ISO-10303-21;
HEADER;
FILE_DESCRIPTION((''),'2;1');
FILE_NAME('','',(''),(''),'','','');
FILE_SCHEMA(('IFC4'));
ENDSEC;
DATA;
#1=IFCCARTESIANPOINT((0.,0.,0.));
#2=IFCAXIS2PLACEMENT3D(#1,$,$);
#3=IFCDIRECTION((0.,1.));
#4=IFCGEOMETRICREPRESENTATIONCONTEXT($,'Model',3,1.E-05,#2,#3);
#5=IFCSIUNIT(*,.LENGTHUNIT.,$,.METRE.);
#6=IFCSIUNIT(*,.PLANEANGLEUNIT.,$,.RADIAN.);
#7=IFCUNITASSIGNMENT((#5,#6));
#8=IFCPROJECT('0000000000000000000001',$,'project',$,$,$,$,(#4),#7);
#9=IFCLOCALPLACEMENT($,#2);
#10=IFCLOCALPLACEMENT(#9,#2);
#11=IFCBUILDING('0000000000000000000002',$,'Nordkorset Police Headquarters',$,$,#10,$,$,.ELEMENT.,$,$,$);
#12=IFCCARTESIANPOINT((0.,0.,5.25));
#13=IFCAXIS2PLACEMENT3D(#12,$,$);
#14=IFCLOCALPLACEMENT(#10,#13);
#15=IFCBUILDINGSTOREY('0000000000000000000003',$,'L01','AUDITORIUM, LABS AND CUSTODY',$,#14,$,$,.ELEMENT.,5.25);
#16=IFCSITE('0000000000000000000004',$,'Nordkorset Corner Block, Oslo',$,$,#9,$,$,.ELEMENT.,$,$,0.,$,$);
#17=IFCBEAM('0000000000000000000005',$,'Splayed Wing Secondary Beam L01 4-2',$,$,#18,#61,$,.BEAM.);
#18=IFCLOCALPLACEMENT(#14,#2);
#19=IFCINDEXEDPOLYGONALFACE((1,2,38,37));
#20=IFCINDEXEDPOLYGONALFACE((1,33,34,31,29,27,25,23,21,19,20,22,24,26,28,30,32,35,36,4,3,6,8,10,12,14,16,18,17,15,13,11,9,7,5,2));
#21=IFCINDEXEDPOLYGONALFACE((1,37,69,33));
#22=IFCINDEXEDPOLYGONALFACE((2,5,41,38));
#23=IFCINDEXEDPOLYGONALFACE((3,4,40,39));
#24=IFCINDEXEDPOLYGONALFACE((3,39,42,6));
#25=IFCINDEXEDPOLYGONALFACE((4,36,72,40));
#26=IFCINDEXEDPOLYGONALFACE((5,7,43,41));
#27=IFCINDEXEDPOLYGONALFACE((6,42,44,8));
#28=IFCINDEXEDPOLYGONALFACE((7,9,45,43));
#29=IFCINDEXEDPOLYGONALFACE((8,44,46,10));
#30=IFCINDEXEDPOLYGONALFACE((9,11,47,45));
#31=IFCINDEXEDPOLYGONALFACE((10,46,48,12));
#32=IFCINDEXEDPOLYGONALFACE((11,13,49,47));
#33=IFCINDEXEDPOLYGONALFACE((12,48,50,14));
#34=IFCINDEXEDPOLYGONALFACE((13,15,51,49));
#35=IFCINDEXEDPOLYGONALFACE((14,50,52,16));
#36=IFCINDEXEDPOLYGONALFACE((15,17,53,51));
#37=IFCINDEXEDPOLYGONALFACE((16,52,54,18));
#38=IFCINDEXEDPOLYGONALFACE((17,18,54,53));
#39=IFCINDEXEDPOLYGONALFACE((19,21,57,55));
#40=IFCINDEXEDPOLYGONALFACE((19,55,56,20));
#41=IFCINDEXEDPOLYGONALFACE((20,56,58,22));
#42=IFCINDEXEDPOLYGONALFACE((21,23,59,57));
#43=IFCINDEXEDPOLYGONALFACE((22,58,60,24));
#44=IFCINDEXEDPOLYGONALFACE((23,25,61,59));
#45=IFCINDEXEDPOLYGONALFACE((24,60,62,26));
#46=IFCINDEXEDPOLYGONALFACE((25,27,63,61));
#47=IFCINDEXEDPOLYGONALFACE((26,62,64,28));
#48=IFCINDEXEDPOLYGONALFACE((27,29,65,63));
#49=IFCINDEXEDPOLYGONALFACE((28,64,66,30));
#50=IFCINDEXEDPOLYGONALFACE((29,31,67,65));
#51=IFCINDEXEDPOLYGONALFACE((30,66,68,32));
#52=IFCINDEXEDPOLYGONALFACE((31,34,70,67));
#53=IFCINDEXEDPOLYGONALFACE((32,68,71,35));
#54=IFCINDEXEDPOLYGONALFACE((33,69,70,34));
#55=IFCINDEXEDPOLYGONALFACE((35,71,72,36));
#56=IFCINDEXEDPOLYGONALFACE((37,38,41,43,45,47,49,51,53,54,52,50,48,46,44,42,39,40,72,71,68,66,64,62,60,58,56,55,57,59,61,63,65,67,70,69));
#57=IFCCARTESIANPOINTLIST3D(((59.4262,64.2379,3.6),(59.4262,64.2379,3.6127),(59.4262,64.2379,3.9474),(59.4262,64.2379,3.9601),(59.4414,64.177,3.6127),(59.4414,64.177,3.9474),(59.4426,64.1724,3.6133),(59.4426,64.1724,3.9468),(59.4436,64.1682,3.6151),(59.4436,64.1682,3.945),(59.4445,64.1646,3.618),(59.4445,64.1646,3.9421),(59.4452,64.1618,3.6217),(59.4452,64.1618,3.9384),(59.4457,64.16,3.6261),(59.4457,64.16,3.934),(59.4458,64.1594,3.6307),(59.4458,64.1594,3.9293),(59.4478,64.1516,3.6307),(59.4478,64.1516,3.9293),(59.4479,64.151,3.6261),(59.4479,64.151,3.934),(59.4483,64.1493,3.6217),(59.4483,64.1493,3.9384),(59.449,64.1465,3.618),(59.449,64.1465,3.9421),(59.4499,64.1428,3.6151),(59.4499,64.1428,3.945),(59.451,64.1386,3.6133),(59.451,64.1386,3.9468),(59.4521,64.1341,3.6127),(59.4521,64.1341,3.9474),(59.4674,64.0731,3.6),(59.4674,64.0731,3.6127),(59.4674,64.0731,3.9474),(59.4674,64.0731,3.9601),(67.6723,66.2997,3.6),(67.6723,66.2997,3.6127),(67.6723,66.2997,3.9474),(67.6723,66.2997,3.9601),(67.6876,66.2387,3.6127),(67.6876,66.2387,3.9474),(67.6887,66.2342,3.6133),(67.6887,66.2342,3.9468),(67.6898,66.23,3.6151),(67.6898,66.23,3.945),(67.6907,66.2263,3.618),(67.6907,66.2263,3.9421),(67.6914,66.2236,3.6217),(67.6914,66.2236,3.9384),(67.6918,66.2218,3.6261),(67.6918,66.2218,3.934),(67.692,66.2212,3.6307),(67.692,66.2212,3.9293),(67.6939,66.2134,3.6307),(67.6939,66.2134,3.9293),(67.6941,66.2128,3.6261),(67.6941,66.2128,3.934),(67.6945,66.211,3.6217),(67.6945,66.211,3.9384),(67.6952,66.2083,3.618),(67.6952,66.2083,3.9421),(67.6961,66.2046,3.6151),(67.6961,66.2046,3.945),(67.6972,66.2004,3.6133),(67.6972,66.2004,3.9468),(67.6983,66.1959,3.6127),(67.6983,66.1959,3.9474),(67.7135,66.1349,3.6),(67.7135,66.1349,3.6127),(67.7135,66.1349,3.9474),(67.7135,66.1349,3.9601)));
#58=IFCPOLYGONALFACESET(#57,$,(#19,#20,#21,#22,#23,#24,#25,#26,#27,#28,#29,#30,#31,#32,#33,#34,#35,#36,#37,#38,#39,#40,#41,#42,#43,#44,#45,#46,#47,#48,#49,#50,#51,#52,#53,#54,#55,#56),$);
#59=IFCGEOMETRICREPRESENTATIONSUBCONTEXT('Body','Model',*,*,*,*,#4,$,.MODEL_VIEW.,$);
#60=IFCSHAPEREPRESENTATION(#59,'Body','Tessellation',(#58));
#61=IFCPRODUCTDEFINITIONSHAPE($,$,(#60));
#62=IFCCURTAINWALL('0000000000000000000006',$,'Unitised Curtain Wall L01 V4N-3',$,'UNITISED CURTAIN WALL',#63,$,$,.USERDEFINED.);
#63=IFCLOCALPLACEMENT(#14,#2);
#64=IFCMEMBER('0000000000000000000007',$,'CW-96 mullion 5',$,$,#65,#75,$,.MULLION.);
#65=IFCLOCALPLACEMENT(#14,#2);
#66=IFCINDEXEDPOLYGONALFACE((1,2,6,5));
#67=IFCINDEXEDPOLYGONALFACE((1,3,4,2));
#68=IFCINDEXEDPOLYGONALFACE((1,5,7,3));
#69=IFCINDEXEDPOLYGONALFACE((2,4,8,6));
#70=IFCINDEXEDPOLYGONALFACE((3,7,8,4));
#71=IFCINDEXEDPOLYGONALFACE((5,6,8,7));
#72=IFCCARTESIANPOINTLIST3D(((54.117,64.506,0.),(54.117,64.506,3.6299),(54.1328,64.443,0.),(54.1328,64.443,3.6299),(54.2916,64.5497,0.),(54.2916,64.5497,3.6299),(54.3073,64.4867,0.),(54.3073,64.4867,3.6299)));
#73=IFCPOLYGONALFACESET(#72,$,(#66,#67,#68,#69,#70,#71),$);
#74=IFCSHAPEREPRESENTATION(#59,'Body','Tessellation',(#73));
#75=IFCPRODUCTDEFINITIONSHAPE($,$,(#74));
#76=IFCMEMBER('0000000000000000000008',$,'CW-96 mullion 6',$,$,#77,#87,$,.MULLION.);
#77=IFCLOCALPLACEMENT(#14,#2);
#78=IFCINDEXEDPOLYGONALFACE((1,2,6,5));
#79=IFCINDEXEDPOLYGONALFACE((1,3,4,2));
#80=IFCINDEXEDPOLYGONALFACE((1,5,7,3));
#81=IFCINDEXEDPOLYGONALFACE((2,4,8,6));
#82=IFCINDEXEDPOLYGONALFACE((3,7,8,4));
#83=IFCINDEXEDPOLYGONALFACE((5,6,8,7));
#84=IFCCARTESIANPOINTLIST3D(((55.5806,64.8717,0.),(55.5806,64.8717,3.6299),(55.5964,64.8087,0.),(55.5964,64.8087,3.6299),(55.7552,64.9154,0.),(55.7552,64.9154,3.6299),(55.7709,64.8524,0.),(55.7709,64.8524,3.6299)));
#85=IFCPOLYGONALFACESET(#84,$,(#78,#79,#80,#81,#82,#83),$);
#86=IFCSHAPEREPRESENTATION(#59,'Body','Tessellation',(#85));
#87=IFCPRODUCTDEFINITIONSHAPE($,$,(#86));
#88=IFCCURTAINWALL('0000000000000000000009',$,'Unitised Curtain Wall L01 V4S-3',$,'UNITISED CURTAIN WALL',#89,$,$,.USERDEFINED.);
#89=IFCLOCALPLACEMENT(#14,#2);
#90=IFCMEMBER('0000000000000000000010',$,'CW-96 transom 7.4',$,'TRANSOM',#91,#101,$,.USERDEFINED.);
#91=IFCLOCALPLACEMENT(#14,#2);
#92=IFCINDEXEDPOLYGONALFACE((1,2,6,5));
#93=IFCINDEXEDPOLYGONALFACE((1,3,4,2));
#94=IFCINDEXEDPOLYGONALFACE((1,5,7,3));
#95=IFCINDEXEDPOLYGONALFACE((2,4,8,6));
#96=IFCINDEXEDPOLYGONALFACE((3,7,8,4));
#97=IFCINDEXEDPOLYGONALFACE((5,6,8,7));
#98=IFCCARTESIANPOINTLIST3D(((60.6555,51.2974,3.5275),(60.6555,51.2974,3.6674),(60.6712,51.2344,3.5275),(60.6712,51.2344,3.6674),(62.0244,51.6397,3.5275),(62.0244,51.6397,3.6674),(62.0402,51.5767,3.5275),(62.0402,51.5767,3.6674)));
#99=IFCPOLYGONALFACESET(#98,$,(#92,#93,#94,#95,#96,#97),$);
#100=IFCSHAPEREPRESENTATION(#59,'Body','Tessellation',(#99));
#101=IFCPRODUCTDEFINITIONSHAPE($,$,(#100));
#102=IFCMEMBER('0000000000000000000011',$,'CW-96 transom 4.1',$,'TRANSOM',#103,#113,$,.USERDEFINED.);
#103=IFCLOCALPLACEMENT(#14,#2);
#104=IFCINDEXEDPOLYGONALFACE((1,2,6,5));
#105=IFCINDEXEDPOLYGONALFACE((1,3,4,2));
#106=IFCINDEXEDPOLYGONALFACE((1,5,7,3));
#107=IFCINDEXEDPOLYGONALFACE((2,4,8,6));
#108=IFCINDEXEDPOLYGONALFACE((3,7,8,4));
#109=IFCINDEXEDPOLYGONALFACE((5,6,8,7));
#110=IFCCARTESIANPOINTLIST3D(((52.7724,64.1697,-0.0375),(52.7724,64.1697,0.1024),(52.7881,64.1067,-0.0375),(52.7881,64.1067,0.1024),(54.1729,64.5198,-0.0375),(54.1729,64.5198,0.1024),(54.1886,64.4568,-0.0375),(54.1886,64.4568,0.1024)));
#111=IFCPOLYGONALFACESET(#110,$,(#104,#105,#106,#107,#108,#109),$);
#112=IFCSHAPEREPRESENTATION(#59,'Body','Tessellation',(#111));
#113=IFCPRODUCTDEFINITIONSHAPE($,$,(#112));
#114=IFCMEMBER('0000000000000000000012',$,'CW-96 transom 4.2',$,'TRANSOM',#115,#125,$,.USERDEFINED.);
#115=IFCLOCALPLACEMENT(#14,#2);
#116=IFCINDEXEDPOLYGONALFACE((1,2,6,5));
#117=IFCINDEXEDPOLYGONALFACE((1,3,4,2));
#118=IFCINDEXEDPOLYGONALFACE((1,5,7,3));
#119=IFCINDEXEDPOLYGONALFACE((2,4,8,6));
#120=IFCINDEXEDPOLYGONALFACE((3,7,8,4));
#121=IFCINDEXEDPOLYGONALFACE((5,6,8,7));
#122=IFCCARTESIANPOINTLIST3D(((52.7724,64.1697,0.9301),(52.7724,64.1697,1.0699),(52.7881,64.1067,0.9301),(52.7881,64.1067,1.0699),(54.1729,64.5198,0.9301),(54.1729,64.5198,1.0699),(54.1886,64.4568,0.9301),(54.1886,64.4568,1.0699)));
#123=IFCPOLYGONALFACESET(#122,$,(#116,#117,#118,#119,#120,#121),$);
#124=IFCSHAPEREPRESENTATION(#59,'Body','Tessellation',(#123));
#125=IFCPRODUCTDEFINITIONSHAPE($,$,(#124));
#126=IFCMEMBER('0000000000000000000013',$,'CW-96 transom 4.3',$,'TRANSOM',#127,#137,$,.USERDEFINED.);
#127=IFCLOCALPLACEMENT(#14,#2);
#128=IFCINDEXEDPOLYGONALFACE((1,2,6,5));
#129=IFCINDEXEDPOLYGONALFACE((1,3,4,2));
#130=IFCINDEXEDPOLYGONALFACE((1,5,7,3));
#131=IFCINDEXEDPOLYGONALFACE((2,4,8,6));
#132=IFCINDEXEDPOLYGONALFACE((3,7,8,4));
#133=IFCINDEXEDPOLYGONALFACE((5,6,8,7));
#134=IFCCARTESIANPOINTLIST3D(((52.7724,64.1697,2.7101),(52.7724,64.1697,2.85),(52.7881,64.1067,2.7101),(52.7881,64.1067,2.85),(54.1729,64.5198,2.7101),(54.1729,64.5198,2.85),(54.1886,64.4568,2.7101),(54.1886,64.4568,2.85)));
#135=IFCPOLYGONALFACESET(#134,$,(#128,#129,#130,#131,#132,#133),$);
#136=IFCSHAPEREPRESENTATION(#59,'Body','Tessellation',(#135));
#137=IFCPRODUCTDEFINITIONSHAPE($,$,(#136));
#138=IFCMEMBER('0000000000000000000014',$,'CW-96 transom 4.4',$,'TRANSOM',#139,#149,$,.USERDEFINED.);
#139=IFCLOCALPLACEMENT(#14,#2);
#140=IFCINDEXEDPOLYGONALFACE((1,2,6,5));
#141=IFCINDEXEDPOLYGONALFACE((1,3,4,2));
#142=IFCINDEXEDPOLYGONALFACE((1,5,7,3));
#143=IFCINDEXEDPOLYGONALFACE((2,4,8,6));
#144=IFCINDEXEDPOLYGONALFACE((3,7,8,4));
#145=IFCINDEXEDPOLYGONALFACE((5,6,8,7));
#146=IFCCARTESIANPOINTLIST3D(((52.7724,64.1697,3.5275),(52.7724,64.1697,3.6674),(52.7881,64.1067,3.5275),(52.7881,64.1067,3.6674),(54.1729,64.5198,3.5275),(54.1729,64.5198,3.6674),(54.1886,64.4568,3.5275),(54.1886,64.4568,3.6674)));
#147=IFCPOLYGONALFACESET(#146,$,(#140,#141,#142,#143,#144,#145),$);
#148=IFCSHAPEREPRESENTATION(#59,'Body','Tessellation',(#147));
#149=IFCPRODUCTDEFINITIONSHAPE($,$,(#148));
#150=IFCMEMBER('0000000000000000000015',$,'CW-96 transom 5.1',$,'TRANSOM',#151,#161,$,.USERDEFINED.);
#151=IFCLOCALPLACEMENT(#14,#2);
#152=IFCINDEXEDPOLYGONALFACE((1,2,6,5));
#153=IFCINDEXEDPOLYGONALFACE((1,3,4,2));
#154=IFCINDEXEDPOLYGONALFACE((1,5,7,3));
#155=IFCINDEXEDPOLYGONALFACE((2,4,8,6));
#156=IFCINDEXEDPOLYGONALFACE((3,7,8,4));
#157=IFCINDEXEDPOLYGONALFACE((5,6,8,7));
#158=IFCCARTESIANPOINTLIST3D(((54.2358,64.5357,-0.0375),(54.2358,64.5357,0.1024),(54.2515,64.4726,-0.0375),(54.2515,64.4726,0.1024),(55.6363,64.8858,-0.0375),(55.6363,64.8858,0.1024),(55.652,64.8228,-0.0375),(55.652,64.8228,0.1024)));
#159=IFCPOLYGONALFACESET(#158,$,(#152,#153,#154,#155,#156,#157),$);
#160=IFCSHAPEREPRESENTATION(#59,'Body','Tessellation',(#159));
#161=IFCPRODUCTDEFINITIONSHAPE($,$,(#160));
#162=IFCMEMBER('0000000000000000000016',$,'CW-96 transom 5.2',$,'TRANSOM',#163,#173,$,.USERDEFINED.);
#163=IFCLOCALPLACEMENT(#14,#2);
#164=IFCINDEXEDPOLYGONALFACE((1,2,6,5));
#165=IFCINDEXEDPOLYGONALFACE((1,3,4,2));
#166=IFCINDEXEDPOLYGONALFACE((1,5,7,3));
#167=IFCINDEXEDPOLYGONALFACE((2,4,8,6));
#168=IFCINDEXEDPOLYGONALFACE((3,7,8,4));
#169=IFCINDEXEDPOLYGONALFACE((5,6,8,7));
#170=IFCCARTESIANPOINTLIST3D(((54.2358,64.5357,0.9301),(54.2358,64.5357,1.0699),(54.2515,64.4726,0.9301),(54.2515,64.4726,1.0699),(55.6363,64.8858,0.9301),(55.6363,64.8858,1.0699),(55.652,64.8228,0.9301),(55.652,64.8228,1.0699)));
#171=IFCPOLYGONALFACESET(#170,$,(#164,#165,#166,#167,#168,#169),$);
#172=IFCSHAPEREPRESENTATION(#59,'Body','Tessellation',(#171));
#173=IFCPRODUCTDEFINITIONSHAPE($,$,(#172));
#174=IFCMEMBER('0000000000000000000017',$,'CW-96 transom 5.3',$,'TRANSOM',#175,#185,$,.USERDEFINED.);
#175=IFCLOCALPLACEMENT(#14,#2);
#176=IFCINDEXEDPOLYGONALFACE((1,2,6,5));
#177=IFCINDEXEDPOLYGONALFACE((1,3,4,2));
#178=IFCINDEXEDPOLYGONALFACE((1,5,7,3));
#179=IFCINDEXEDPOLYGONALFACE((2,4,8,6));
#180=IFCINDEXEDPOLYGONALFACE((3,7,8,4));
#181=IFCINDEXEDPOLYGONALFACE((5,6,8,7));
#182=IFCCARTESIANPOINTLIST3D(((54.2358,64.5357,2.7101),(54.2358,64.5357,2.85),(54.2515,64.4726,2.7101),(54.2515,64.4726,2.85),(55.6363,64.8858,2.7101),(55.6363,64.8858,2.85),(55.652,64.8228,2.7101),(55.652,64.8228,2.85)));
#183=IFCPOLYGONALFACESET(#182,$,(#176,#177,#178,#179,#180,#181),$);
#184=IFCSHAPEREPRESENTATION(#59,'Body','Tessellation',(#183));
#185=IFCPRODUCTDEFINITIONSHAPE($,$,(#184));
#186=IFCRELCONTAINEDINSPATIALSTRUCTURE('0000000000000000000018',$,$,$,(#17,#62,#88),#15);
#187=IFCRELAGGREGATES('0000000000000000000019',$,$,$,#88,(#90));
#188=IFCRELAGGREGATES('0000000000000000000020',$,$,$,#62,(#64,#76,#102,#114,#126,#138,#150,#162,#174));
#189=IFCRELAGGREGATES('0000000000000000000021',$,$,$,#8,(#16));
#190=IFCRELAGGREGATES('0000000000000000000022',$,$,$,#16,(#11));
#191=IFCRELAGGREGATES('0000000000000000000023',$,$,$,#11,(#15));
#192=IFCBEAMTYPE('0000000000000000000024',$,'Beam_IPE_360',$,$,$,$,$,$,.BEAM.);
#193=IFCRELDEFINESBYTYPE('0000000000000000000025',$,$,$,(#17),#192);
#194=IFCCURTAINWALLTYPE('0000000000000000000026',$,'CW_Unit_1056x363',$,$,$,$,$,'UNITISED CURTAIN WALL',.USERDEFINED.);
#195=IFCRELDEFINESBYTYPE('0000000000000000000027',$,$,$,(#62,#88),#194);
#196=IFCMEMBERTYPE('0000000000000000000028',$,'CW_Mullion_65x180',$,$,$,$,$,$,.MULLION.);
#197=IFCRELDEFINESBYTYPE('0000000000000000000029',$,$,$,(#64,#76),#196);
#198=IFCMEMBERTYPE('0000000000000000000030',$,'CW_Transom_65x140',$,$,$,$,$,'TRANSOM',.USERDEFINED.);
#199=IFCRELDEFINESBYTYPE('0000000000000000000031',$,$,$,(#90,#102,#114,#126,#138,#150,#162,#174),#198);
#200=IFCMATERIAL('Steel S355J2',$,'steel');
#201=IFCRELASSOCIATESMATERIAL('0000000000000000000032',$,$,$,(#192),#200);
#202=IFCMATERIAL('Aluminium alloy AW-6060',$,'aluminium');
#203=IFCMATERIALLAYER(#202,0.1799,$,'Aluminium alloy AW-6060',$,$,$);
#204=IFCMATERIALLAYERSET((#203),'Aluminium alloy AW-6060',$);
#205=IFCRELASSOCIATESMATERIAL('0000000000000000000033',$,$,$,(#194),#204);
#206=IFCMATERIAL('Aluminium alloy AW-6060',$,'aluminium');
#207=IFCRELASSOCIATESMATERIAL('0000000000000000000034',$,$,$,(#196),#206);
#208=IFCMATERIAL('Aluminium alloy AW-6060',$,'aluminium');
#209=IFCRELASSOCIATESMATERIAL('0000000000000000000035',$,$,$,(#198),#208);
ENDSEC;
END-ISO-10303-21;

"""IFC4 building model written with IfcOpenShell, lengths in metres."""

from ifc_helpers import new_model, si_unit, direction, frame, origin, origin_2d, place, context, subcontext, project, spatial, rectangle, i_section, extrude, material, layer, layer_set, material_profile, profile_set, type_object, element, aggregate, save


model = new_model("IFC4")

# Units and contexts
model_context = context("Model", 3, precision=1e-05, world=origin(), true_north=direction((0.0, 1.0)))
body_context = subcontext(model_context, "Body", "Model", "MODEL_VIEW")
ifc_project = project(units=[si_unit("LENGTHUNIT", "METRE"), si_unit("PLANEANGLEUNIT", "RADIAN")], contexts=[model_context])

# Site, building, storey
site_placement = place(None, origin())
site = spatial("IfcSite", under=ifc_project, at=site_placement, Name="Nordkorset Corner Block, Oslo", CompositionType="ELEMENT", RefElevation=0.0)
building_placement = place(site_placement, origin())
building = spatial("IfcBuilding", under=site, at=building_placement, Name="Nordkorset Police Headquarters", CompositionType="ELEMENT")
storey_placement = place(building_placement, frame((0.0, 0.0, 5.25)))
storey = spatial("IfcBuildingStorey", under=building, at=storey_placement, Name="L01", Description="AUDITORIUM, LABS AND CUSTODY", CompositionType="ELEMENT", Elevation=5.25)

# Beam
ifc_material_1 = material(Name="Steel S355J2", Category="steel")
ifc_material_profile_1 = material_profile(ifc_material_1, i_section(OverallWidth=0.1699, OverallDepth=0.3601, WebThickness=0.0081, FlangeThickness=0.0127, FilletRadius=0.0181, at=origin_2d()), Name="IPE 360")
ifc_profile_set_1 = profile_set([ifc_material_profile_1], Name="Steel S355J2")
beam_type = type_object("IfcBeamType", Name="Beam_IPE_360", PredefinedType="BEAM", material=ifc_profile_set_1)
beam_placement = place(storey_placement, frame((59.4468, 64.1555, 3.78), z_axis=(0.970136, 0.242563, 0.0), x_axis=(-0.242563, 0.970136, 0.0)))
element("IfcBeam", 1, at=beam_placement, inside=storey, type_object=beam_type, Name="Splayed Wing Secondary Beam L01 4-2", PredefinedType="BEAM", context=body_context, shape_type="SweptSolid", body=[
    extrude(i_section(OverallWidth=0.1699, OverallDepth=0.3601, WebThickness=0.0081, FlangeThickness=0.0127, FilletRadius=0.0181, at=origin_2d()), origin(), (0.0, 0.0, 1.0), 8.5),
])

# Curtain wall, members
ifc_material_2 = material(Name="Aluminium alloy AW-6060", Category="aluminium")
ifc_layer_1 = layer(ifc_material_2, 0.1799, Name="Aluminium alloy AW-6060")
ifc_layer_set_1 = layer_set([ifc_layer_1], Name="Aluminium alloy AW-6060")
curtain_wall_type = type_object("IfcCurtainWallType", Name="CW_Unit_1056x363", ElementType="UNITISED CURTAIN WALL", PredefinedType="USERDEFINED", material=ifc_layer_set_1)
curtain_wall_1_placement = place(storey_placement, origin())
curtain_wall_1 = element("IfcCurtainWall", 2, at=curtain_wall_1_placement, inside=storey, type_object=curtain_wall_type, Name="Unitised Curtain Wall L01 V4N-3", ObjectType="UNITISED CURTAIN WALL", PredefinedType="USERDEFINED")
ifc_material_3 = material(Name="Aluminium alloy AW-6060", Category="aluminium")
ifc_material_profile_2 = material_profile(ifc_material_3, rectangle(XDim=0.0649, YDim=0.1799, at=origin_2d()), Name="ALU MULL 65x180")
ifc_profile_set_2 = profile_set([ifc_material_profile_2], Name="Aluminium alloy AW-6060")
member_type_1 = type_object("IfcMemberType", Name="CW_Mullion_65x180", PredefinedType="MULLION", material=ifc_profile_set_2)
member_1_placement = place(storey_placement, frame((54.2122, 64.4963, 0.0), z_axis=(0.0, 0.0, 1.0), x_axis=(-0.242536, 0.970142, 0.0)))
member_1 = element("IfcMember", 3, at=member_1_placement, type_object=member_type_1, Name="CW-96 mullion 5", PredefinedType="MULLION", context=body_context, shape_type="SweptSolid", body=[
    extrude(rectangle(XDim=0.0649, YDim=0.1799, at=origin_2d()), origin(), (0.0, 0.0, 1.0), 3.6299),
])
member_2_placement = place(storey_placement, frame((55.6758, 64.8621, 0.0), z_axis=(0.0, 0.0, 1.0), x_axis=(-0.242536, 0.970142, 0.0)))
member_2 = element("IfcMember", 4, at=member_2_placement, type_object=member_type_1, Name="CW-96 mullion 6", PredefinedType="MULLION", context=body_context, shape_type="SweptSolid", body=[
    extrude(rectangle(XDim=0.0649, YDim=0.1799, at=origin_2d()), origin(), (0.0, 0.0, 1.0), 3.6299),
])

# Curtain wall, member
curtain_wall_2_placement = place(storey_placement, origin())
curtain_wall_2 = element("IfcCurtainWall", 5, at=curtain_wall_2_placement, inside=storey, type_object=curtain_wall_type, Name="Unitised Curtain Wall L01 V4S-3", ObjectType="UNITISED CURTAIN WALL", PredefinedType="USERDEFINED")
ifc_material_4 = material(Name="Aluminium alloy AW-6060", Category="aluminium")
ifc_material_profile_3 = material_profile(ifc_material_4, rectangle(XDim=0.0649, YDim=0.1399, at=origin_2d()), Name="ALU TRAN 65x140")
ifc_profile_set_3 = profile_set([ifc_material_profile_3], Name="Aluminium alloy AW-6060")
member_type_2 = type_object("IfcMemberType", Name="CW_Transom_65x140", ElementType="TRANSOM", PredefinedType="USERDEFINED", material=ifc_profile_set_3)
member_3_placement = place(storey_placement, frame((60.6633, 51.2659, 3.5974), z_axis=(0.970132, 0.242576, 0.0), x_axis=(-0.242576, 0.970132, 0.0)))
member_3 = element("IfcMember", 6, at=member_3_placement, type_object=member_type_2, Name="CW-96 transom 7.4", ObjectType="TRANSOM", PredefinedType="USERDEFINED", context=body_context, shape_type="SweptSolid", body=[
    extrude(rectangle(XDim=0.0649, YDim=0.1399, at=origin_2d()), origin(), (0.0, 0.0, 1.0), 1.4111),
])
aggregate(curtain_wall_2, [member_3])

# Members
member_4_placement = place(storey_placement, frame((52.7803, 64.1382, 0.0325), z_axis=(0.970143, 0.242536, 0.0), x_axis=(-0.242536, 0.970143, 0.0)))
member_4 = element("IfcMember", 7, at=member_4_placement, type_object=member_type_2, Name="CW-96 transom 4.1", ObjectType="TRANSOM", PredefinedType="USERDEFINED", context=body_context, shape_type="SweptSolid", body=[
    extrude(rectangle(XDim=0.0649, YDim=0.1399, at=origin_2d()), origin(), (0.0, 0.0, 1.0), 1.4436),
])
member_5_placement = place(storey_placement, frame((52.7803, 64.1382, 1.0), z_axis=(0.970143, 0.242536, 0.0), x_axis=(-0.242536, 0.970143, 0.0)))
member_5 = element("IfcMember", 8, at=member_5_placement, type_object=member_type_2, Name="CW-96 transom 4.2", ObjectType="TRANSOM", PredefinedType="USERDEFINED", context=body_context, shape_type="SweptSolid", body=[
    extrude(rectangle(XDim=0.0649, YDim=0.1399, at=origin_2d()), origin(), (0.0, 0.0, 1.0), 1.4436),
])
member_6_placement = place(storey_placement, frame((52.7803, 64.1382, 2.78), z_axis=(0.970143, 0.242536, 0.0), x_axis=(-0.242536, 0.970143, 0.0)))
member_6 = element("IfcMember", 9, at=member_6_placement, type_object=member_type_2, Name="CW-96 transom 4.3", ObjectType="TRANSOM", PredefinedType="USERDEFINED", context=body_context, shape_type="SweptSolid", body=[
    extrude(rectangle(XDim=0.0649, YDim=0.1399, at=origin_2d()), origin(), (0.0, 0.0, 1.0), 1.4436),
])
member_7_placement = place(storey_placement, frame((52.7803, 64.1382, 3.5974), z_axis=(0.970143, 0.242536, 0.0), x_axis=(-0.242536, 0.970143, 0.0)))
member_7 = element("IfcMember", 10, at=member_7_placement, type_object=member_type_2, Name="CW-96 transom 4.4", ObjectType="TRANSOM", PredefinedType="USERDEFINED", context=body_context, shape_type="SweptSolid", body=[
    extrude(rectangle(XDim=0.0649, YDim=0.1399, at=origin_2d()), origin(), (0.0, 0.0, 1.0), 1.4436),
])
member_8_placement = place(storey_placement, frame((54.2437, 64.5042, 0.0325), z_axis=(0.970143, 0.242536, 0.0), x_axis=(-0.242536, 0.970143, 0.0)))
member_8 = element("IfcMember", 11, at=member_8_placement, type_object=member_type_2, Name="CW-96 transom 5.1", ObjectType="TRANSOM", PredefinedType="USERDEFINED", context=body_context, shape_type="SweptSolid", body=[
    extrude(rectangle(XDim=0.0649, YDim=0.1399, at=origin_2d()), origin(), (0.0, 0.0, 1.0), 1.4436),
])
member_9_placement = place(storey_placement, frame((54.2437, 64.5042, 1.0), z_axis=(0.970143, 0.242536, 0.0), x_axis=(-0.242536, 0.970143, 0.0)))
member_9 = element("IfcMember", 12, at=member_9_placement, type_object=member_type_2, Name="CW-96 transom 5.2", ObjectType="TRANSOM", PredefinedType="USERDEFINED", context=body_context, shape_type="SweptSolid", body=[
    extrude(rectangle(XDim=0.0649, YDim=0.1399, at=origin_2d()), origin(), (0.0, 0.0, 1.0), 1.4436),
])
member_10_placement = place(storey_placement, frame((54.2437, 64.5042, 2.78), z_axis=(0.970143, 0.242536, 0.0), x_axis=(-0.242536, 0.970143, 0.0)))
member_10 = element("IfcMember", 13, at=member_10_placement, type_object=member_type_2, Name="CW-96 transom 5.3", ObjectType="TRANSOM", PredefinedType="USERDEFINED", context=body_context, shape_type="SweptSolid", body=[
    extrude(rectangle(XDim=0.0649, YDim=0.1399, at=origin_2d()), origin(), (0.0, 0.0, 1.0), 1.4436),
])

aggregate(curtain_wall_1, [member_1, member_2, member_4, member_5, member_6, member_7, member_8, member_9, member_10])

save(model, "model.ifc")
